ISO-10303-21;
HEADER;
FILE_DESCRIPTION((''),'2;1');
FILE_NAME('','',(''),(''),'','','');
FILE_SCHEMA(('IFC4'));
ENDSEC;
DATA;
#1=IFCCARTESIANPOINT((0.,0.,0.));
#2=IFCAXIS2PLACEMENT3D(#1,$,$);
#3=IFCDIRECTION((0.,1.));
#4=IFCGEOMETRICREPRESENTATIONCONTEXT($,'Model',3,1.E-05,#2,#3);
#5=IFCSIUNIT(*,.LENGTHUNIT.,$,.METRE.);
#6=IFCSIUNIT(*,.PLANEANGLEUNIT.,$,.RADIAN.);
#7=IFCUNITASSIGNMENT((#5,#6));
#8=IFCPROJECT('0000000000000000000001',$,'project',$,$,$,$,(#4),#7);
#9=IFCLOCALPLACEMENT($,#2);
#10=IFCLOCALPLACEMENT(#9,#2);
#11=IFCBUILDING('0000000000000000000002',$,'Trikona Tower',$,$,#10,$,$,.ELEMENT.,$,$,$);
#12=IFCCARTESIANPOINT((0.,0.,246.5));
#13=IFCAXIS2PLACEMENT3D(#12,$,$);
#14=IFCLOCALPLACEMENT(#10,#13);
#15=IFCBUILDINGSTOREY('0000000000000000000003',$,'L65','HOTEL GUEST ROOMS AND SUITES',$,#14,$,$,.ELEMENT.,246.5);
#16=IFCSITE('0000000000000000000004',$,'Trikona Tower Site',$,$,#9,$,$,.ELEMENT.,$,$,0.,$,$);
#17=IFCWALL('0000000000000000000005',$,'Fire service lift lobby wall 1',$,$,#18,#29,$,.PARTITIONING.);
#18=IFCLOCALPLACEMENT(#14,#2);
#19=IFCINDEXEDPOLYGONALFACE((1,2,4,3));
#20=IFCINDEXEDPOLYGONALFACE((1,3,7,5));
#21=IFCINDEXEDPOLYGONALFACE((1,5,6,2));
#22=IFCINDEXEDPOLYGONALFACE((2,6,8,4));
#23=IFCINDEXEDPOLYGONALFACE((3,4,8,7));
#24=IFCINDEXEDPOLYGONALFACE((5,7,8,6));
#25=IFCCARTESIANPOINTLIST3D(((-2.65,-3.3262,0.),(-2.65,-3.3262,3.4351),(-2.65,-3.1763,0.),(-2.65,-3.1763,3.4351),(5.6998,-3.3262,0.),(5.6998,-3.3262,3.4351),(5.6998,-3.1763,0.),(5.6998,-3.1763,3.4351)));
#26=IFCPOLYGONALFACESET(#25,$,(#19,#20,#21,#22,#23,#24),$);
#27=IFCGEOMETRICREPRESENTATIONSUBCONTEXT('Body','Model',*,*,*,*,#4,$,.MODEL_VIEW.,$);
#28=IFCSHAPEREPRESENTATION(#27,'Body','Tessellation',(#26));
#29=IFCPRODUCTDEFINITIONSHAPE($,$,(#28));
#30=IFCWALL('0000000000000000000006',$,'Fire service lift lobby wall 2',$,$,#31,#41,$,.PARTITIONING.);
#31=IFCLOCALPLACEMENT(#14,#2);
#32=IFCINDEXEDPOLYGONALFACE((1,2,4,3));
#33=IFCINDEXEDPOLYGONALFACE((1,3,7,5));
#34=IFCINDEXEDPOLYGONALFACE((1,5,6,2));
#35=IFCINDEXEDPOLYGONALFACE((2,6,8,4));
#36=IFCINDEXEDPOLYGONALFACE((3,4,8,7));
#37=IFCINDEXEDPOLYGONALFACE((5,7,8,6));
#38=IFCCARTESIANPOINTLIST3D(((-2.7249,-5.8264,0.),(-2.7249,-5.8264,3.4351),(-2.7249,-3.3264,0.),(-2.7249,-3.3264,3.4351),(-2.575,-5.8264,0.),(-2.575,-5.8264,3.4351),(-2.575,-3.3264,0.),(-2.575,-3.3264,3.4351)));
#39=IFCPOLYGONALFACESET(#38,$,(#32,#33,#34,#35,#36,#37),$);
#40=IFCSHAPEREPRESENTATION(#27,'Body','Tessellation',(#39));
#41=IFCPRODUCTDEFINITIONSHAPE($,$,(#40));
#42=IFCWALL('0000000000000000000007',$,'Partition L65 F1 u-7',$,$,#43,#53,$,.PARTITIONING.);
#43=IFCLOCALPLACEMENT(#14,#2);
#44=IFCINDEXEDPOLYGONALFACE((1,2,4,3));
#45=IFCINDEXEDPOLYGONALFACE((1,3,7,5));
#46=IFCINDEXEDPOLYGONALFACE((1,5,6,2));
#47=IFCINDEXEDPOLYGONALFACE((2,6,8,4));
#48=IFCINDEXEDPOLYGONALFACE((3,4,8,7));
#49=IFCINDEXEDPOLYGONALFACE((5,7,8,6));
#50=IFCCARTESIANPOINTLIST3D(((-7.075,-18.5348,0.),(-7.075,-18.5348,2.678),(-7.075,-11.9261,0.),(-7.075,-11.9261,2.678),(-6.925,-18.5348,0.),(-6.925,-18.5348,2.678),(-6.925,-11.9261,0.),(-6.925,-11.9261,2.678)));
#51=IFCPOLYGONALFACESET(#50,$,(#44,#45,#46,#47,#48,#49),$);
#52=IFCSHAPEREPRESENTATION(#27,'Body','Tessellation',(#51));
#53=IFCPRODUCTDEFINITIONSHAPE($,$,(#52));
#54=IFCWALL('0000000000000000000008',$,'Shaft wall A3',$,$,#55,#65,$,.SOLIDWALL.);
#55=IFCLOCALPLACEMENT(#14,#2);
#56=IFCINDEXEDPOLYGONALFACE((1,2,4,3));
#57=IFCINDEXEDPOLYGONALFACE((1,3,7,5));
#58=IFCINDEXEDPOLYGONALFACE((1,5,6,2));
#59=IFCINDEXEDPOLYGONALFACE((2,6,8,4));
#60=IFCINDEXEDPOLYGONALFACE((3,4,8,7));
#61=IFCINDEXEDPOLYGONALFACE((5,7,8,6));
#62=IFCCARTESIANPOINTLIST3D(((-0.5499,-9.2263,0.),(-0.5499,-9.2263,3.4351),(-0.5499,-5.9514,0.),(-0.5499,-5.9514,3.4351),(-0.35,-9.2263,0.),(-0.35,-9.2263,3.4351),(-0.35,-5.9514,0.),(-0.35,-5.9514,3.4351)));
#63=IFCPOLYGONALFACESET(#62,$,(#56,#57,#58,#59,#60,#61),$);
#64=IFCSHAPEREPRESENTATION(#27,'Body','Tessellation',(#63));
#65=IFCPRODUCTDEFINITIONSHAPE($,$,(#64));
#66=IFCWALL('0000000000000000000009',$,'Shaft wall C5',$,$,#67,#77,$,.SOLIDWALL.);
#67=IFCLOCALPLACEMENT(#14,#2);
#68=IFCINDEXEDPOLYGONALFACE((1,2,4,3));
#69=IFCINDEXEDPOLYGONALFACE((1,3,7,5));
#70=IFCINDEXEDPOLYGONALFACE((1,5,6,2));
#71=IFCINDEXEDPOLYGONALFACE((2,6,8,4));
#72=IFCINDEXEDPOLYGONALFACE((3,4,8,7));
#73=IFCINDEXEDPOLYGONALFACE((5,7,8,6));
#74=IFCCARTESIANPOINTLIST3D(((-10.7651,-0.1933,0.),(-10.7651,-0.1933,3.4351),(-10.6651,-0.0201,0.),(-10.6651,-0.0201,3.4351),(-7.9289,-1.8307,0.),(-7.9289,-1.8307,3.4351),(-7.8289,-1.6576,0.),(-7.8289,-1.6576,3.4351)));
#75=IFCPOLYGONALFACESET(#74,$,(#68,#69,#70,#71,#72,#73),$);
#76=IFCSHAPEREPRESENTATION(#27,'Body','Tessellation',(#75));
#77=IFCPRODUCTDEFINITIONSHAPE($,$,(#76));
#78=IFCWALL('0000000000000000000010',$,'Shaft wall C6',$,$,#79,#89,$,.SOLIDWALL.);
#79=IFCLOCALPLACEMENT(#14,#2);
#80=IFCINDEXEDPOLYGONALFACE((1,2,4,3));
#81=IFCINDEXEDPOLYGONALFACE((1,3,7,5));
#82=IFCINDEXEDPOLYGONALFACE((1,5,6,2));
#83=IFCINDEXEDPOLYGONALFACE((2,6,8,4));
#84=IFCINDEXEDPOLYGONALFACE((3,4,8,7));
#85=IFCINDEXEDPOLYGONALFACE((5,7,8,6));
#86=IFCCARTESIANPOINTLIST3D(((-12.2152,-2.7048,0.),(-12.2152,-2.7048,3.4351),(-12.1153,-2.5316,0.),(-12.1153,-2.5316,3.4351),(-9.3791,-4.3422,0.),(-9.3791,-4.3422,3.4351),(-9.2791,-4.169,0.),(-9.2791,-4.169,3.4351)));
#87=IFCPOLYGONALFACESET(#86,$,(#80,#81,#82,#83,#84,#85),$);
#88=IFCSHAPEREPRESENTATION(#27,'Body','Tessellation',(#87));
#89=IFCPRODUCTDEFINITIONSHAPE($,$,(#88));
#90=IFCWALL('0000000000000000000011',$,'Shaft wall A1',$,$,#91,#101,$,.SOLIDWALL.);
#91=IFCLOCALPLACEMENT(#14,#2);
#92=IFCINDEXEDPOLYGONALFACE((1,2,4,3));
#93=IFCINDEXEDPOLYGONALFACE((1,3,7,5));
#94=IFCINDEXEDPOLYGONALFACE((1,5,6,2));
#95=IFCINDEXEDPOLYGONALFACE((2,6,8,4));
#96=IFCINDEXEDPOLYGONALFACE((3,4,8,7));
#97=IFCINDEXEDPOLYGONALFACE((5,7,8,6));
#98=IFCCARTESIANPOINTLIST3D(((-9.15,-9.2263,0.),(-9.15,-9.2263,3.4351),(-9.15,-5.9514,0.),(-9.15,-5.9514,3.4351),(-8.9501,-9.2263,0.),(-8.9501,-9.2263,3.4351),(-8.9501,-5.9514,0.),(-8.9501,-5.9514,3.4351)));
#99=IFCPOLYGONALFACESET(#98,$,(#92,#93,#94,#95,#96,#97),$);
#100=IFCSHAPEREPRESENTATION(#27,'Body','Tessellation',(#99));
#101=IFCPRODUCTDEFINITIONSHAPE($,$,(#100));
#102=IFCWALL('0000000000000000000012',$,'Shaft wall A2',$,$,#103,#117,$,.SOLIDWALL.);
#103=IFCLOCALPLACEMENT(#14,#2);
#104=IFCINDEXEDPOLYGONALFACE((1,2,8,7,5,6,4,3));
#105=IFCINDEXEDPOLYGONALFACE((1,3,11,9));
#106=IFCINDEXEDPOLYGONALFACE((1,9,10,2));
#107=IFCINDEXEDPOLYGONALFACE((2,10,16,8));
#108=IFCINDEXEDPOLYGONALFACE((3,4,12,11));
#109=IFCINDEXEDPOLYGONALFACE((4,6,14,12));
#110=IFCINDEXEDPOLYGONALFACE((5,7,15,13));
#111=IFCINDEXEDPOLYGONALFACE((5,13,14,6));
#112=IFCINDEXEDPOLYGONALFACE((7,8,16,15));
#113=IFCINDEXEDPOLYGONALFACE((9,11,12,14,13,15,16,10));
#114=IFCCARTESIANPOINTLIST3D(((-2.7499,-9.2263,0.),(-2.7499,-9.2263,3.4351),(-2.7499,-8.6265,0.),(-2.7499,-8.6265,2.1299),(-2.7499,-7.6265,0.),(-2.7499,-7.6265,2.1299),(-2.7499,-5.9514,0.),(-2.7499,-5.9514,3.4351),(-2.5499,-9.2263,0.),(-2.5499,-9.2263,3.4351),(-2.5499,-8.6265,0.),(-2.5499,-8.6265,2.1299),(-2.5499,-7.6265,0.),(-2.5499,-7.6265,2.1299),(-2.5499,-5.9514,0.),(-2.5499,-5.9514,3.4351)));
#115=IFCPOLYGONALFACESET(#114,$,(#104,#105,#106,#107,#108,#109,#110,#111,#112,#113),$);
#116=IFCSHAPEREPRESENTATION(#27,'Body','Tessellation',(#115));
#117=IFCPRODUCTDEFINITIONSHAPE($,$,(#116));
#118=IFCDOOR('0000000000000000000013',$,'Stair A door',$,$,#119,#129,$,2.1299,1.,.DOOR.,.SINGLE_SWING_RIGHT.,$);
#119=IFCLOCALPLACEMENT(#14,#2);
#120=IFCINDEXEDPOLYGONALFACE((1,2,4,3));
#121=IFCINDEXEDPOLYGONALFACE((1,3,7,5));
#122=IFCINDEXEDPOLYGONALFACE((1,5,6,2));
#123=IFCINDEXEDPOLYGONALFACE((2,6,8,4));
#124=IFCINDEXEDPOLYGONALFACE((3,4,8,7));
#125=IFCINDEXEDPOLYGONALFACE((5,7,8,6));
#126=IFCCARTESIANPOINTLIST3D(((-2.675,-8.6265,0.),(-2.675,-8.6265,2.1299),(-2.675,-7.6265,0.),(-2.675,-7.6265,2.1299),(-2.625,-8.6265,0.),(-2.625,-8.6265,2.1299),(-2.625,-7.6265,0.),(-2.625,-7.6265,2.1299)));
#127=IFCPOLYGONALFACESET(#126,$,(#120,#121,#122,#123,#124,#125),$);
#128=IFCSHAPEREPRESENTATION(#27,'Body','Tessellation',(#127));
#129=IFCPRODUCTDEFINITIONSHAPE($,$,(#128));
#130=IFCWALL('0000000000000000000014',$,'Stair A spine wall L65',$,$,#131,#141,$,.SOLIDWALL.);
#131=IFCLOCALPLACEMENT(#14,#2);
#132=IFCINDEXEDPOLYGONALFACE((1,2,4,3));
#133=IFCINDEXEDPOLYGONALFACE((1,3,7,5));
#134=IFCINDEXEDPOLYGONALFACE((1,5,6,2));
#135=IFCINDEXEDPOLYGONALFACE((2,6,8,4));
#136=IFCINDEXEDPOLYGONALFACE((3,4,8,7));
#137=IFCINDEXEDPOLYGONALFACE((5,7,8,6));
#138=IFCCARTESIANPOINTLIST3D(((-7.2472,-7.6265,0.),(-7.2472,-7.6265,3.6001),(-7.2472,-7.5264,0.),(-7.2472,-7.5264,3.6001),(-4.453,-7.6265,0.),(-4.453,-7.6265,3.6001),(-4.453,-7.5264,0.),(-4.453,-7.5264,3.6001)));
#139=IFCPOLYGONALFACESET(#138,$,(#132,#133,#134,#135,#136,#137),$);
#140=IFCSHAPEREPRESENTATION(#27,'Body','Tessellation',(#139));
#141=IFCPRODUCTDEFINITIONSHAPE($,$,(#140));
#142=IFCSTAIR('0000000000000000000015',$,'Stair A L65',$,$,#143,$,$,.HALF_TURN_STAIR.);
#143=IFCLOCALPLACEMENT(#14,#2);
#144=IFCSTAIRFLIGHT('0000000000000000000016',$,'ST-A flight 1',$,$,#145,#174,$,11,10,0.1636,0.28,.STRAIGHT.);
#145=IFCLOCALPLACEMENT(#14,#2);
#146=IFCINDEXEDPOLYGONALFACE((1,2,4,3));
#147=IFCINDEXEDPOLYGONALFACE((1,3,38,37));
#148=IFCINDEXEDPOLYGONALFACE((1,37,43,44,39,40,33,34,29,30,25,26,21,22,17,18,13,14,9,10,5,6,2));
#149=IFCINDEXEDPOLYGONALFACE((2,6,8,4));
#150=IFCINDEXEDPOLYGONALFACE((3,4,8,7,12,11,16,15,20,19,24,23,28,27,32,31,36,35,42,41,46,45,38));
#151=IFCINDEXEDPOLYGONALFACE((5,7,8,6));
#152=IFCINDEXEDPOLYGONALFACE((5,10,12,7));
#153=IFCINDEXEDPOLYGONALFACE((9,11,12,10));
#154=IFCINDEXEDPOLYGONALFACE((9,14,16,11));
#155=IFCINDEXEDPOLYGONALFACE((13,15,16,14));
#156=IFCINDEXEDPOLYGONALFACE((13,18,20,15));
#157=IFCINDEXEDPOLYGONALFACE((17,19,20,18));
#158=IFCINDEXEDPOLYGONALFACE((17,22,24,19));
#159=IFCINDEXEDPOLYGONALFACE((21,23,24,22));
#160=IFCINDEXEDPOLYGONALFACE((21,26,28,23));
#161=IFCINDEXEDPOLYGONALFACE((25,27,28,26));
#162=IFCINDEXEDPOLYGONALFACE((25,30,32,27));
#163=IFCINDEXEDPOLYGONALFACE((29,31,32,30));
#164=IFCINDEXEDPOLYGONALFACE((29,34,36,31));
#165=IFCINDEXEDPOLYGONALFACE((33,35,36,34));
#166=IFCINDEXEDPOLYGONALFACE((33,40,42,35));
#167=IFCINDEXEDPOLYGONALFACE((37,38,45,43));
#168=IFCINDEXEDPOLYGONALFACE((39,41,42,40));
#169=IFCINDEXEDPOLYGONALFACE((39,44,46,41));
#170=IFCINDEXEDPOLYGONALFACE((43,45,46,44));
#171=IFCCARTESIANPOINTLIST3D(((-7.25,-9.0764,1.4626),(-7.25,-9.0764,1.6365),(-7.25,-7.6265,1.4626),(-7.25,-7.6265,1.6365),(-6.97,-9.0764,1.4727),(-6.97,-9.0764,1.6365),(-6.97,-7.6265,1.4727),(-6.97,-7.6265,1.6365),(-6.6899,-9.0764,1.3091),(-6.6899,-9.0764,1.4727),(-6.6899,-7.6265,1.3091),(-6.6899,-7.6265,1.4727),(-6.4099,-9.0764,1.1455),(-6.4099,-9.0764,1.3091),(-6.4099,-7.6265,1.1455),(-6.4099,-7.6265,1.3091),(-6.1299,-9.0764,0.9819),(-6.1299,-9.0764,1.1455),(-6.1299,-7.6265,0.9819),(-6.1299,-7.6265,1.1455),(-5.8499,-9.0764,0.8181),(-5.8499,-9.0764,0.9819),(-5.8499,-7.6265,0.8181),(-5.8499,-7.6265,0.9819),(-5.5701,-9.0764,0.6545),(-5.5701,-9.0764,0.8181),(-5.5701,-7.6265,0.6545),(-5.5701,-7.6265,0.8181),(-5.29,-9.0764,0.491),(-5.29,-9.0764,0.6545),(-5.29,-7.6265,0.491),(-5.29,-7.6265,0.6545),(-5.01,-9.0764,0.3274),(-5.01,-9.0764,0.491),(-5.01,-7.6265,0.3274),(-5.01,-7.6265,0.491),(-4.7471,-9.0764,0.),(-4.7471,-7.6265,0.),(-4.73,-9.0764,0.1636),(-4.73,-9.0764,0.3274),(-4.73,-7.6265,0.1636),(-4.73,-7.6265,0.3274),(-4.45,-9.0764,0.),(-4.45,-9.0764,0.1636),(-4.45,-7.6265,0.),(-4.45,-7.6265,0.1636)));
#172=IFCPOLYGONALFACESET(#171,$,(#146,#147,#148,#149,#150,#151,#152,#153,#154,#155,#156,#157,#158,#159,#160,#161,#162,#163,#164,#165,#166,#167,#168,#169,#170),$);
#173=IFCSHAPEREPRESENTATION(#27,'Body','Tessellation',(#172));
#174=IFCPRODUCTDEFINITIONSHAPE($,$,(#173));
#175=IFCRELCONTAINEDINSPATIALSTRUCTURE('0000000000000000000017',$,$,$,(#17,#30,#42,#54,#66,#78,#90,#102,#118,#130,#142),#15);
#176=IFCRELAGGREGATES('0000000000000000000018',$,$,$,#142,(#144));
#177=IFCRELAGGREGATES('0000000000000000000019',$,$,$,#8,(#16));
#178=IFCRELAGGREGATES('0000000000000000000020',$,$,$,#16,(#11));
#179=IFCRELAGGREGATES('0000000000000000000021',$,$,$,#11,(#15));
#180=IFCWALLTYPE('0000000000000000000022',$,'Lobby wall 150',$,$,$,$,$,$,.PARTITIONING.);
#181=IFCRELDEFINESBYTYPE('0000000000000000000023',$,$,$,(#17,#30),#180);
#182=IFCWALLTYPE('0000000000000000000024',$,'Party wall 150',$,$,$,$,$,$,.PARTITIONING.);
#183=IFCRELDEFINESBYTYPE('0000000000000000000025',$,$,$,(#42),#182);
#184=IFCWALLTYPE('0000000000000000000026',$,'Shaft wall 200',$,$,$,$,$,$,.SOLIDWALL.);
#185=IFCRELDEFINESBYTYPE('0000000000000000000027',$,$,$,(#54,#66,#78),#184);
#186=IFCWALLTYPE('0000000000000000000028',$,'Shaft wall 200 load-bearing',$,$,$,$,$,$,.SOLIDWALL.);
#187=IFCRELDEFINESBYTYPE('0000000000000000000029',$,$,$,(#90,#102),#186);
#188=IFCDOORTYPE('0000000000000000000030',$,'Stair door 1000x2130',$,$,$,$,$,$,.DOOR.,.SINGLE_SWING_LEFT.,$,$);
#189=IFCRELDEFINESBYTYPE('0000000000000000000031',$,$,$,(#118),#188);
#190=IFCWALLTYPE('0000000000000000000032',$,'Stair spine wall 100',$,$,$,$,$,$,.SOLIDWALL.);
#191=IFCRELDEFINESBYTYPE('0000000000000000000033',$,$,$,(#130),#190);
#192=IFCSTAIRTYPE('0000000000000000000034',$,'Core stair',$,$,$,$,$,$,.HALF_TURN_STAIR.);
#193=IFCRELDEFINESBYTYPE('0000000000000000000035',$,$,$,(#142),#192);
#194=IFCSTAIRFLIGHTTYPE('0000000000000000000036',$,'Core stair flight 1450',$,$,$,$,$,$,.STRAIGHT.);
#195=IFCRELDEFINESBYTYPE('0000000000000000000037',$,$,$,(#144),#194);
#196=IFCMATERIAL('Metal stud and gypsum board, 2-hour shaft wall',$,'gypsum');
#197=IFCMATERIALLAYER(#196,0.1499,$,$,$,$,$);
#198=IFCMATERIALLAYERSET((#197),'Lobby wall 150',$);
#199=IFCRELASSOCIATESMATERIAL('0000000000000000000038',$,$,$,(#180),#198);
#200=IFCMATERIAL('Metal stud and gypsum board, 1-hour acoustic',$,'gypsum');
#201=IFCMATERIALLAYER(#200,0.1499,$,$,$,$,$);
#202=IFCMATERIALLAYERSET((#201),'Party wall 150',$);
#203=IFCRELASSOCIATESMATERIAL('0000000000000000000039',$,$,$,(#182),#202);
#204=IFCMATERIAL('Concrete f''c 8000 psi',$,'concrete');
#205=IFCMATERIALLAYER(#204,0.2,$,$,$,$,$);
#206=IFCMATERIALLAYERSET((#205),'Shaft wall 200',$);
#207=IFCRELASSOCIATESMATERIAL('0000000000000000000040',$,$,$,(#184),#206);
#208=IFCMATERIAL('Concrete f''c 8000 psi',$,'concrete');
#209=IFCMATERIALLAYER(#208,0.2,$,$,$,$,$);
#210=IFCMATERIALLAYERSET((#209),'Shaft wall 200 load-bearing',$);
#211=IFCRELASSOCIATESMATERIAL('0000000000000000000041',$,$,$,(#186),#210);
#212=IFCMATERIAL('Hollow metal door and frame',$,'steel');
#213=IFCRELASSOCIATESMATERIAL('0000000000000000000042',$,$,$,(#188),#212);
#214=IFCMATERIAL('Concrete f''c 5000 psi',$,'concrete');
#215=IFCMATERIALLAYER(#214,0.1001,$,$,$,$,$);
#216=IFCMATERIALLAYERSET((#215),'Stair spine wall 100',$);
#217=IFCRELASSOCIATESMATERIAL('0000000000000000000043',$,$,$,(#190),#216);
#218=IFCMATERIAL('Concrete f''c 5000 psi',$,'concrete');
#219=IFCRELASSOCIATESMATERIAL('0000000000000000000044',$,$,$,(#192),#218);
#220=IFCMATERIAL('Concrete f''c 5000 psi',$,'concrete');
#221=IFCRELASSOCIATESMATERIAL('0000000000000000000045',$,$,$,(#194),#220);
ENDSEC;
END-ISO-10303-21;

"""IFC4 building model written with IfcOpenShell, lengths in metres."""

from ifc_helpers import new_model, si_unit, direction, frame, frame_2d, origin, place, context, subcontext, project, spatial, polyline, rectangle, outline, extrude, material, layer, layer_set, type_object, element, fill, aggregate, save


model = new_model("IFC4")

# Units and contexts
model_context = context("Model", 3, precision=1e-05, world=origin(), true_north=direction((0.0, 1.0)))
body_context = subcontext(model_context, "Body", "Model", "MODEL_VIEW")
ifc_project = project(units=[si_unit("LENGTHUNIT", "METRE"), si_unit("PLANEANGLEUNIT", "RADIAN")], contexts=[model_context])

# Site, building, storey
site_placement = place(None, origin())
site = spatial("IfcSite", under=ifc_project, at=site_placement, Name="Trikona Tower Site", CompositionType="ELEMENT", RefElevation=0.0)
building_placement = place(site_placement, origin())
building = spatial("IfcBuilding", under=site, at=building_placement, Name="Trikona Tower", CompositionType="ELEMENT")
storey_placement = place(building_placement, frame((0.0, 0.0, 246.5)))
storey = spatial("IfcBuildingStorey", under=building, at=storey_placement, Name="L65", Description="HOTEL GUEST ROOMS AND SUITES", CompositionType="ELEMENT", Elevation=246.5)

# Walls
ifc_material_1 = material(Name="Metal stud and gypsum board, 2-hour shaft wall", Category="gypsum")
ifc_layer_1 = layer(ifc_material_1, 0.1499)
ifc_layer_set_1 = layer_set([ifc_layer_1], Name="Lobby wall 150")
wall_type_1 = type_object("IfcWallType", Name="Lobby wall 150", PredefinedType="PARTITIONING", material=ifc_layer_set_1)
wall_1_placement = place(storey_placement, frame((-2.6499, -3.2512, 0.0), z_axis=(0.0, 0.0, 1.0), x_axis=(1.0, 0.0, 0.0)))
element("IfcWall", 1, at=wall_1_placement, inside=storey, type_object=wall_type_1, Name="Fire service lift lobby wall 1", PredefinedType="PARTITIONING", context=body_context, shape_type="SweptSolid", body=[
    extrude(rectangle(XDim=8.3499, YDim=0.1499, at=frame_2d((4.1748, 0.0))), origin(), (0.0, 0.0, 1.0), 3.4351),
])
wall_2_placement = place(storey_placement, frame((-2.6499, -5.8264, 0.0), z_axis=(0.0, 0.0, 1.0), x_axis=(0.0, 1.0, 0.0)))
element("IfcWall", 2, at=wall_2_placement, inside=storey, type_object=wall_type_1, Name="Fire service lift lobby wall 2", PredefinedType="PARTITIONING", context=body_context, shape_type="SweptSolid", body=[
    extrude(rectangle(XDim=2.5, YDim=0.1499, at=frame_2d((1.25, 0.0))), origin(), (0.0, 0.0, 1.0), 3.4351),
])
ifc_material_2 = material(Name="Metal stud and gypsum board, 1-hour acoustic", Category="gypsum")
ifc_layer_2 = layer(ifc_material_2, 0.1499)
ifc_layer_set_2 = layer_set([ifc_layer_2], Name="Party wall 150")
wall_type_2 = type_object("IfcWallType", Name="Party wall 150", PredefinedType="PARTITIONING", material=ifc_layer_set_2)
wall_3_placement = place(storey_placement, frame((-7.0, -11.9263, 0.0), z_axis=(0.0, 0.0, 1.0), x_axis=(0.0, -1.0, 0.0)))
element("IfcWall", 3, at=wall_3_placement, inside=storey, type_object=wall_type_2, Name="Partition L65 F1 u-7", PredefinedType="PARTITIONING", context=body_context, shape_type="SweptSolid", body=[
    extrude(rectangle(XDim=6.6086, YDim=0.1499, at=frame_2d((3.3042, 0.0))), origin(), (0.0, 0.0, 1.0), 2.678),
])
ifc_material_3 = material(Name="Concrete f'c 8000 psi", Category="concrete")
ifc_layer_3 = layer(ifc_material_3, 0.2)
ifc_layer_set_3 = layer_set([ifc_layer_3], Name="Shaft wall 200")
wall_type_3 = type_object("IfcWallType", Name="Shaft wall 200", PredefinedType="SOLIDWALL", material=ifc_layer_set_3)
for number, where, z_axis, x_axis, name in (
    (4, (-0.45, -5.9514, 0.0), (0.0, 0.0, 1.0), (0.0, -1.0, 0.0), "Shaft wall A3"),
    (5, (-7.8789, -1.7441, 0.0), (0.0, 0.0, 1.0), (-0.866028, 0.499996, 0.0), "Shaft wall C5"),
    (6, (-9.3291, -4.2556, 0.0), (0.0, 0.0, 1.0), (-0.866028, 0.499996, 0.0), "Shaft wall C6"),
):
    element("IfcWall", number, at=place(storey_placement, frame(where, z_axis=z_axis, x_axis=x_axis)), inside=storey, type_object=wall_type_3, Name=name, PredefinedType="SOLIDWALL", context=body_context, shape_type="SweptSolid", body=[
        extrude(rectangle(XDim=3.2749, YDim=0.2, at=frame_2d((1.6375, 0.0))), origin(), (0.0, 0.0, 1.0), 3.4351),
    ])
ifc_material_4 = material(Name="Concrete f'c 8000 psi", Category="concrete")
ifc_layer_4 = layer(ifc_material_4, 0.2)
ifc_layer_set_4 = layer_set([ifc_layer_4], Name="Shaft wall 200 load-bearing")
wall_type_4 = type_object("IfcWallType", Name="Shaft wall 200 load-bearing", PredefinedType="SOLIDWALL", material=ifc_layer_set_4)
wall_4_placement = place(storey_placement, frame((-9.05, -5.9514, 0.0), z_axis=(0.0, 0.0, 1.0), x_axis=(0.0, -1.0, 0.0)))
element("IfcWall", 7, at=wall_4_placement, inside=storey, type_object=wall_type_4, Name="Shaft wall A1", PredefinedType="SOLIDWALL", context=body_context, shape_type="SweptSolid", body=[
    extrude(rectangle(XDim=3.2749, YDim=0.2, at=frame_2d((1.6375, 0.0))), origin(), (0.0, 0.0, 1.0), 3.4351),
])

# Wall, opening, door
wall_5_placement = place(storey_placement, frame((-2.6499, -5.9514, 0.0), z_axis=(0.0, 0.0, 1.0), x_axis=(0.0, -1.0, 0.0)))
wall_5 = element("IfcWall", 8, at=wall_5_placement, inside=storey, type_object=wall_type_4, Name="Shaft wall A2", PredefinedType="SOLIDWALL", context=body_context, shape_type="SweptSolid", body=[
    extrude(rectangle(XDim=3.2749, YDim=0.2, at=frame_2d((1.6375, 0.0))), origin(), (0.0, 0.0, 1.0), 3.4351),
])
opening_1_placement = place(wall_5_placement, frame((1.675, 0.0, 0.0)))
opening_1 = element("IfcOpeningElement", 9, at=opening_1_placement, cuts=wall_5, PredefinedType="OPENING", context=body_context, shape_type="SweptSolid", body=[
    extrude(rectangle(XDim=1.0, YDim=2.1299, at=frame_2d((0.5, 1.0649))), frame((0.0, 0.1099, 0.0), z_axis=(0.0, -1.0, 0.0), x_axis=(1.0, 0.0, 0.0)), (0.0, 0.0, 1.0), 0.22),
])
ifc_material_5 = material(Name="Hollow metal door and frame", Category="steel")
door_type_1 = type_object("IfcDoorType", Name="Stair door 1000x2130", OperationType="SINGLE_SWING_LEFT", PredefinedType="DOOR", material=ifc_material_5)
door_1_placement = place(opening_1_placement, origin())
door_1 = element("IfcDoor", 10, at=door_1_placement, inside=storey, type_object=door_type_1, Name="Stair A door", OperationType="SINGLE_SWING_RIGHT", OverallHeight=2.1299, OverallWidth=1.0, PredefinedType="DOOR", context=body_context, shape_type="SweptSolid", body=[
    extrude(rectangle(XDim=1.0, YDim=2.1299, at=frame_2d((0.5, 1.0649))), frame((0.0, 0.0249, 0.0), z_axis=(0.0, -1.0, 0.0), x_axis=(1.0, 0.0, 0.0)), (0.0, 0.0, 1.0), 0.05),
])
fill(opening_1, door_1)

# Wall
ifc_material_6 = material(Name="Concrete f'c 5000 psi", Category="concrete")
ifc_layer_5 = layer(ifc_material_6, 0.1001)
ifc_layer_set_5 = layer_set([ifc_layer_5], Name="Stair spine wall 100")
wall_type_5 = type_object("IfcWallType", Name="Stair spine wall 100", PredefinedType="SOLIDWALL", material=ifc_layer_set_5)
wall_6_placement = place(storey_placement, frame((-7.2471, -7.5764, 0.0), z_axis=(0.0, 0.0, 1.0), x_axis=(1.0, 0.0, 0.0)))
element("IfcWall", 11, at=wall_6_placement, inside=storey, type_object=wall_type_5, Name="Stair A spine wall L65", PredefinedType="SOLIDWALL", context=body_context, shape_type="SweptSolid", body=[
    extrude(rectangle(XDim=2.7942, YDim=0.1001, at=frame_2d((1.397, 0.0))), origin(), (0.0, 0.0, 1.0), 3.6001),
])

# Stair, stair flight
ifc_material_7 = material(Name="Concrete f'c 5000 psi", Category="concrete")
stair_type = type_object("IfcStairType", Name="Core stair", PredefinedType="HALF_TURN_STAIR", material=ifc_material_7)
stair_placement = place(storey_placement, origin())
stair = element("IfcStair", 12, at=stair_placement, inside=storey, type_object=stair_type, Name="Stair A L65", PredefinedType="HALF_TURN_STAIR")
ifc_material_8 = material(Name="Concrete f'c 5000 psi", Category="concrete")
stair_flight_type = type_object("IfcStairFlightType", Name="Core stair flight 1450", PredefinedType="STRAIGHT", material=ifc_material_8)
stair_flight_1_placement = place(storey_placement, frame((-4.45, -8.3513, 0.0), z_axis=(0.0, 0.0, 1.0), x_axis=(-1.0, 0.0, 0.0)))
stair_flight_1 = element("IfcStairFlight", 13, at=stair_flight_1_placement, type_object=stair_flight_type, Name="ST-A flight 1", NumberOfRisers=11, NumberOfTreads=10, PredefinedType="STRAIGHT", RiserHeight=0.1636, TreadLength=0.28, context=body_context, shape_type="SweptSolid", body=[
    extrude(outline(polyline([(0.0, 0.0), (0.0, 0.1636), (0.28, 0.1636), (0.28, 0.3274), (0.5601, 0.3274), (0.5601, 0.491), (0.8401, 0.491), (0.8401, 0.6545), (1.1201, 0.6545), (1.1201, 0.8181), (1.3999, 0.8181), (1.3999, 0.9819), (1.6799, 0.9819), (1.6799, 1.1455), (1.96, 1.1455), (1.96, 1.3091), (2.24, 1.3091), (2.24, 1.4727), (2.52, 1.4727), (2.52, 1.6365), (2.8, 1.6365), (2.8, 1.8), (2.8, 1.4626), (0.2971, 0.0), (0.0, 0.0)])), frame((0.0, 0.7251, 0.0), z_axis=(0.0, -1.0, 0.0), x_axis=(1.0, 0.0, 0.0)), (0.0, 0.0, 1.0), 1.45),
])
aggregate(stair, [stair_flight_1])

save(model, "model.ifc")
